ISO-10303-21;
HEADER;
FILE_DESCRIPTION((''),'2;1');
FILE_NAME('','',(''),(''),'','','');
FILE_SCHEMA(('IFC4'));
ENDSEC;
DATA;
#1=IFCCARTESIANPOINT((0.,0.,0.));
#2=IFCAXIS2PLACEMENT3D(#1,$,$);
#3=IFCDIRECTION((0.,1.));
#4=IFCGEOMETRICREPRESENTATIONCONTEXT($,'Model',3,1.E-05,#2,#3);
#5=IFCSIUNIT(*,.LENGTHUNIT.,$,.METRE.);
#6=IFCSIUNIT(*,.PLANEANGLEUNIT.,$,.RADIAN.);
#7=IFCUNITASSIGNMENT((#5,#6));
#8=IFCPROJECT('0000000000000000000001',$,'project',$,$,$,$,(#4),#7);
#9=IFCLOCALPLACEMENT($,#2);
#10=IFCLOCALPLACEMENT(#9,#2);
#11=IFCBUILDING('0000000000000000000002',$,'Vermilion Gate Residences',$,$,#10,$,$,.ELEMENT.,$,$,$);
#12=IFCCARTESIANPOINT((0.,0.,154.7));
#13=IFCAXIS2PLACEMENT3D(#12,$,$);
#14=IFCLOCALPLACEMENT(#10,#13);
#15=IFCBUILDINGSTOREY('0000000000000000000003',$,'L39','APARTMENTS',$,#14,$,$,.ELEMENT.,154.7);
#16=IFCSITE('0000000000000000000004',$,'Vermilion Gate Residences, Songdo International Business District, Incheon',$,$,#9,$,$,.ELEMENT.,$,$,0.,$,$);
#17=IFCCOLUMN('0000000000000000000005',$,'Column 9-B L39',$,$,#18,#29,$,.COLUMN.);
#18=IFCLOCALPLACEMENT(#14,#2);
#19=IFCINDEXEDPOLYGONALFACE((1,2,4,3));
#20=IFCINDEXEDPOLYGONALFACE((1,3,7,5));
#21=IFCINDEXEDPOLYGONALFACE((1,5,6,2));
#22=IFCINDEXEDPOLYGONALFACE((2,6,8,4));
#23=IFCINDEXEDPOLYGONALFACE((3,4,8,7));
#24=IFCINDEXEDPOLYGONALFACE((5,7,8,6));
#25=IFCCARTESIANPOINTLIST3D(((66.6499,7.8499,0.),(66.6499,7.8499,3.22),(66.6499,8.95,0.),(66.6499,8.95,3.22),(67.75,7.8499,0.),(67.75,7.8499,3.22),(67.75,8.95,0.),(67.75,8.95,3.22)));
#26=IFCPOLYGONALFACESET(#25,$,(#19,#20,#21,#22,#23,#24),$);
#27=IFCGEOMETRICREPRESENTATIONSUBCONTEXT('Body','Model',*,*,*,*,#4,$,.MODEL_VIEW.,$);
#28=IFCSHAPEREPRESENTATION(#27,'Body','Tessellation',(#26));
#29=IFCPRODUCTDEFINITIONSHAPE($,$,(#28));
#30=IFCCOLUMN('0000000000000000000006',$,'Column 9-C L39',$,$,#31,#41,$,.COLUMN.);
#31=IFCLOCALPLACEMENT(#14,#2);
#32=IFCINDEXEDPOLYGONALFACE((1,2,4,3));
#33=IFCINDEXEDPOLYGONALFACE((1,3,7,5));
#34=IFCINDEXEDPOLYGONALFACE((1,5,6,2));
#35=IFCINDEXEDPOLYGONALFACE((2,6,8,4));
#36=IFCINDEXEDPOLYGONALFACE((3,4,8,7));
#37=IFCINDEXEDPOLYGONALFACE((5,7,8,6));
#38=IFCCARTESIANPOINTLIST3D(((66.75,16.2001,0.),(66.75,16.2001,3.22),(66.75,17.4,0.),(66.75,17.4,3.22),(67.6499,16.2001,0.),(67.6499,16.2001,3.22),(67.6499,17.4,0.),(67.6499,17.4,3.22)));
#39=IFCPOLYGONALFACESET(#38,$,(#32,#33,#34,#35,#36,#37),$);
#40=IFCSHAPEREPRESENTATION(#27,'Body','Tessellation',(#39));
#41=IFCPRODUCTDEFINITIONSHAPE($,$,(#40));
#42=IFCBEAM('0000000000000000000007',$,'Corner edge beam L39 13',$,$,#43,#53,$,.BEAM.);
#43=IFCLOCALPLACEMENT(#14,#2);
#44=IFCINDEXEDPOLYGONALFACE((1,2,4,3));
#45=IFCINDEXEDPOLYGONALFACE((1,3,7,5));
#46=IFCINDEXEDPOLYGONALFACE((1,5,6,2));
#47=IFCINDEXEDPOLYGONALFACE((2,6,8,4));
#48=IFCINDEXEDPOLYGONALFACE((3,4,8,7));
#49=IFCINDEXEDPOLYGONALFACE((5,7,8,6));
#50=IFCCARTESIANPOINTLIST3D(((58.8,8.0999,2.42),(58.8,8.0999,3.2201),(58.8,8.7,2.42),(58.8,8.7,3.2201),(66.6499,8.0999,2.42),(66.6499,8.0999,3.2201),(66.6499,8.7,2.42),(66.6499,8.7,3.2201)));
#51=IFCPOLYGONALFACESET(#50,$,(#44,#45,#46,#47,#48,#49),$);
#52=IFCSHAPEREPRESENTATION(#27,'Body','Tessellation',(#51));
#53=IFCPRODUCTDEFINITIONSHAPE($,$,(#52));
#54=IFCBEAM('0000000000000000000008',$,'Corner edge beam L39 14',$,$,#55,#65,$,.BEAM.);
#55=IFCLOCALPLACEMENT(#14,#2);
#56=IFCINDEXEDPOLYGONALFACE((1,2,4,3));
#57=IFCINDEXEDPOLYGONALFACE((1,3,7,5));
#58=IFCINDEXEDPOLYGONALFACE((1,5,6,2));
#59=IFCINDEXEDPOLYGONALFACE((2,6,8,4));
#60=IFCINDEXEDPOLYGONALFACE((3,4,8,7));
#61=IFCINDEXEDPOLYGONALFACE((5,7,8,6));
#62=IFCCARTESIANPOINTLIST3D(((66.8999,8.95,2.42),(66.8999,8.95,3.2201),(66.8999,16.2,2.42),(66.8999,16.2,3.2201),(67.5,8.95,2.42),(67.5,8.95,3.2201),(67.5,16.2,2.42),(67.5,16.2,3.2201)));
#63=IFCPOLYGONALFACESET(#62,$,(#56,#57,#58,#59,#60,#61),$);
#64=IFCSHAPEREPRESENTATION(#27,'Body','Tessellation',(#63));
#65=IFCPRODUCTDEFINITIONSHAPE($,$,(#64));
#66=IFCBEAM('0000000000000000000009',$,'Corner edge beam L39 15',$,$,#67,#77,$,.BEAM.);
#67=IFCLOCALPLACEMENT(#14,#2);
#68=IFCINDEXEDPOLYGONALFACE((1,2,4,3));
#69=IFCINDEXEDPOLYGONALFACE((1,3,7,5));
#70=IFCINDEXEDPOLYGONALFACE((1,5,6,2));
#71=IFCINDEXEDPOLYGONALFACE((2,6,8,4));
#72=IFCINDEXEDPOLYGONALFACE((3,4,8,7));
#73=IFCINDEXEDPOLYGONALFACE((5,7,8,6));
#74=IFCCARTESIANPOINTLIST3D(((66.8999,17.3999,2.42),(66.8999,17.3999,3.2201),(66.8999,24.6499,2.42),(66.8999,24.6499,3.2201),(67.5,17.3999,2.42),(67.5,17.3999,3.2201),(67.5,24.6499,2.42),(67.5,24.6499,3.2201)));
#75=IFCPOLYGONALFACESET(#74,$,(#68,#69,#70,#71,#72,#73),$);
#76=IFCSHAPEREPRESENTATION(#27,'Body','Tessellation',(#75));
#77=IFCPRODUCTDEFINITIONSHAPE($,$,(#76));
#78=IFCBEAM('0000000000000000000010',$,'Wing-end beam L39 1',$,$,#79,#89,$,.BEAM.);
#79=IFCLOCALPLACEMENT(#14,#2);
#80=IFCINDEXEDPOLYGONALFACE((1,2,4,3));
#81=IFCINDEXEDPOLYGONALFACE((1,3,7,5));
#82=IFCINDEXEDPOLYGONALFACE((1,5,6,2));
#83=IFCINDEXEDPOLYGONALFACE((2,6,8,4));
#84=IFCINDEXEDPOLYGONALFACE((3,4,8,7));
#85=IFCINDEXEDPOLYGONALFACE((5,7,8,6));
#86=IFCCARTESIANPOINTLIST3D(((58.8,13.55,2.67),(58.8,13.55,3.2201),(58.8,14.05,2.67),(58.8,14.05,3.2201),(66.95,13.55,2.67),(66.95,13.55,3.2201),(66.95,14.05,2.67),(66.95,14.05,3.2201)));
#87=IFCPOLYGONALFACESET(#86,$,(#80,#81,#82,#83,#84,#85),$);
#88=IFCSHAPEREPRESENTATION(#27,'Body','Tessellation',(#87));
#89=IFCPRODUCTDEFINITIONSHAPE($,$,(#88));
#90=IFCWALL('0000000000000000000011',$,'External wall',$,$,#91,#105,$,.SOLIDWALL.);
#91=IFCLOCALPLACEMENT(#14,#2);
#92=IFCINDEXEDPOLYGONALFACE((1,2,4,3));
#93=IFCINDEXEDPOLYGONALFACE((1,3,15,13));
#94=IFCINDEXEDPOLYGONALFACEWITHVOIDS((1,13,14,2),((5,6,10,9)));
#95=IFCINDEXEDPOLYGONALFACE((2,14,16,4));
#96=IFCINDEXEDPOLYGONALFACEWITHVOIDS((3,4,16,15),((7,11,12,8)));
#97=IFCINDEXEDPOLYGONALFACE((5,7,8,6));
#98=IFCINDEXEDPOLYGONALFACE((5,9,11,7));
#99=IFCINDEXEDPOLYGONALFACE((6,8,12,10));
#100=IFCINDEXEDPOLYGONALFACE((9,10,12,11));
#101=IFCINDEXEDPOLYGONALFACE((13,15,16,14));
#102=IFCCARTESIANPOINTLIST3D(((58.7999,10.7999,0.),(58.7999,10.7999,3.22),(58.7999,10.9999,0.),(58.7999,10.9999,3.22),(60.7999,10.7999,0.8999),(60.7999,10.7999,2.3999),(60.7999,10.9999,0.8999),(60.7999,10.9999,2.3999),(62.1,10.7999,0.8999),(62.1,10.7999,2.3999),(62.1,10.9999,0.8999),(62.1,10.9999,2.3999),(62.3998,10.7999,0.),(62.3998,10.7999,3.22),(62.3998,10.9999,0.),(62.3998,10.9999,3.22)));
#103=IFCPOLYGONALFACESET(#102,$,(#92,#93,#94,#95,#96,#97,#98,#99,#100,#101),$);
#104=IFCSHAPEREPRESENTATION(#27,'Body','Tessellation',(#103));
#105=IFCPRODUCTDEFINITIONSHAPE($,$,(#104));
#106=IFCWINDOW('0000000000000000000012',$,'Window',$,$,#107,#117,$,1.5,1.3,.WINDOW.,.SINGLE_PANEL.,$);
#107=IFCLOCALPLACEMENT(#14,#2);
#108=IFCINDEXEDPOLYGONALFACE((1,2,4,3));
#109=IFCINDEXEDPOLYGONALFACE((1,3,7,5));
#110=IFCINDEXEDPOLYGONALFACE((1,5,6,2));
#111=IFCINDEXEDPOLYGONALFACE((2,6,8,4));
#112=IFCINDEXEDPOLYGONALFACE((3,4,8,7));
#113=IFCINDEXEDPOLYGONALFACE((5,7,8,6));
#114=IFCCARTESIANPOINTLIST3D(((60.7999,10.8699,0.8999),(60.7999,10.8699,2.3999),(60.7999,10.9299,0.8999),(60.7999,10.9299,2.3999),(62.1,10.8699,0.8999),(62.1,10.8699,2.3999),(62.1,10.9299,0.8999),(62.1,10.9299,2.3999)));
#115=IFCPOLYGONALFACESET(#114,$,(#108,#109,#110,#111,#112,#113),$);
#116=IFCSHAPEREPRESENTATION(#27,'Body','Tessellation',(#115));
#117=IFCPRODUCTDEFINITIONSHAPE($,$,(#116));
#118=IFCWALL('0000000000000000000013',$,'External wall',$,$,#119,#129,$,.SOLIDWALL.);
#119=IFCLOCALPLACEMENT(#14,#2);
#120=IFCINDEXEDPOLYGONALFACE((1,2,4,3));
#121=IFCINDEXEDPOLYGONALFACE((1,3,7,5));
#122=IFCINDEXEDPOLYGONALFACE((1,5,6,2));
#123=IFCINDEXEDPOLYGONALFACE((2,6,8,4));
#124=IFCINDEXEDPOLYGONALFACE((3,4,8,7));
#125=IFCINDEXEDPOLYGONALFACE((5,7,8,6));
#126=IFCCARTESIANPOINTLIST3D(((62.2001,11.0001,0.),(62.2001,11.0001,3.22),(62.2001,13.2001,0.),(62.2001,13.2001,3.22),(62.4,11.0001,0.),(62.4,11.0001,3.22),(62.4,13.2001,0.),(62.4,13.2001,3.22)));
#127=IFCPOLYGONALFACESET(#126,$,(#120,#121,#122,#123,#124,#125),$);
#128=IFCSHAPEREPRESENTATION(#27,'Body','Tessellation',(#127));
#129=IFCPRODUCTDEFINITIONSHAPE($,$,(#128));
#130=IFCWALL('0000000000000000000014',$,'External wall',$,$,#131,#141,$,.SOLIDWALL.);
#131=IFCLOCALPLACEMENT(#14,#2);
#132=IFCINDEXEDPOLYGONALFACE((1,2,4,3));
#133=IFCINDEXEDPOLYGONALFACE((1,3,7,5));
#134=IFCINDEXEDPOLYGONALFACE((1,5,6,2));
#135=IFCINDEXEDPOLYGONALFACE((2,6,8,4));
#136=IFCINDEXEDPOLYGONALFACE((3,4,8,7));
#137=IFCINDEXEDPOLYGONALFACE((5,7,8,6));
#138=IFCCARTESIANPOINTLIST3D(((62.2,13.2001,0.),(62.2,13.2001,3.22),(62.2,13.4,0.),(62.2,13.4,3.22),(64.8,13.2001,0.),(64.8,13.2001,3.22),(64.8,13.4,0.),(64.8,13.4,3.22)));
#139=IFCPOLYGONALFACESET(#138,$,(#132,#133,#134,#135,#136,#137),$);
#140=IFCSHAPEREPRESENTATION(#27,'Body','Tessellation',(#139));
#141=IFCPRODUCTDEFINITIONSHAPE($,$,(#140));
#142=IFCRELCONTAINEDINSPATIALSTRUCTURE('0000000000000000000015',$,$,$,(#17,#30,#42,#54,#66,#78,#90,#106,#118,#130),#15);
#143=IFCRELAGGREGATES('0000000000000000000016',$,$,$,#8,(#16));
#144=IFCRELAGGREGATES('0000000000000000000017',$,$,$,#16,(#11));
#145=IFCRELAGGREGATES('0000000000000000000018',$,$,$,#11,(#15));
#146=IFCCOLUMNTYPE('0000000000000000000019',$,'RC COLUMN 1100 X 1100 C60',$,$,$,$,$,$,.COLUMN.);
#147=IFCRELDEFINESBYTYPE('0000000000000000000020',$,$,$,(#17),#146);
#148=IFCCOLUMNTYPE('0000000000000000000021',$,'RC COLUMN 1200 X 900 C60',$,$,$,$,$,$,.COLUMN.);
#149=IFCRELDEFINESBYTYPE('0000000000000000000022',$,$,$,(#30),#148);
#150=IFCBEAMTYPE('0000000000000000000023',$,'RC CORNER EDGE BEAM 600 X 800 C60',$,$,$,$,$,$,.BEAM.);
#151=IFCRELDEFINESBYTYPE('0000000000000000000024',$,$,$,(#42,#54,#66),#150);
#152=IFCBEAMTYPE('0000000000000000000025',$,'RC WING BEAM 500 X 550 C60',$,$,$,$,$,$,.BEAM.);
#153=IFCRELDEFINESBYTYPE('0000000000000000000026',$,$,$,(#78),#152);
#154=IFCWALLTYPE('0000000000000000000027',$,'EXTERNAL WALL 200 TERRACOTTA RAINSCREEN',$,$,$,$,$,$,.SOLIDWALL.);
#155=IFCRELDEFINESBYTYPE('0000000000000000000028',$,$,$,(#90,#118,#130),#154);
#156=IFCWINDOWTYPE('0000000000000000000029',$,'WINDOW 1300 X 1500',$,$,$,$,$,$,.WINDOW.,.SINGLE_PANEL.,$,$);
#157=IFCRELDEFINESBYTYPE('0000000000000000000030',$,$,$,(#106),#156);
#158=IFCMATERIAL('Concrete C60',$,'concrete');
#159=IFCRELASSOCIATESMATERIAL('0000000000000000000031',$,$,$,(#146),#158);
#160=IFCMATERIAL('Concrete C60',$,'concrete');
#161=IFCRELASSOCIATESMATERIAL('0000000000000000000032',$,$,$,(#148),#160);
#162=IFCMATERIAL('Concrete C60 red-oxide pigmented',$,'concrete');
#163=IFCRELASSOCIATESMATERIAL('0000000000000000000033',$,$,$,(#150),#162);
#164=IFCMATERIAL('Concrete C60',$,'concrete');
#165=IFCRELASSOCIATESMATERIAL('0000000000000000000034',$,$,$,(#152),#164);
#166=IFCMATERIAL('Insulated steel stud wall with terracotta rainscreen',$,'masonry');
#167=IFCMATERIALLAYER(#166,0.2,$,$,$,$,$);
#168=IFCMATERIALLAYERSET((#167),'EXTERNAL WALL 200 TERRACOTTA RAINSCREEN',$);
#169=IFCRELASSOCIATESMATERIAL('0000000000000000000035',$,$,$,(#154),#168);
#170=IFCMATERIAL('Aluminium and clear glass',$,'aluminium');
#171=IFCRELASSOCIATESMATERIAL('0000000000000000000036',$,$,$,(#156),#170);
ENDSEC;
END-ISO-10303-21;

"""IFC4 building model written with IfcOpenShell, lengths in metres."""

from ifc_helpers import new_model, si_unit, direction, frame, frame_2d, origin, origin_2d, place, context, subcontext, project, spatial, rectangle, extrude, material, layer, layer_set, material_profile, profile_set, type_object, element, fill, save


model = new_model("IFC4")

# Units and contexts
model_context = context("Model", 3, precision=1e-05, world=origin(), true_north=direction((0.0, 1.0)))
body_context = subcontext(model_context, "Body", "Model", "MODEL_VIEW")
ifc_project = project(units=[si_unit("LENGTHUNIT", "METRE"), si_unit("PLANEANGLEUNIT", "RADIAN")], contexts=[model_context])

# Site, building, storey
site_placement = place(None, origin())
site = spatial("IfcSite", under=ifc_project, at=site_placement, Name="Vermilion Gate Residences, Songdo International Business District, Incheon", CompositionType="ELEMENT", RefElevation=0.0)
building_placement = place(site_placement, origin())
building = spatial("IfcBuilding", under=site, at=building_placement, Name="Vermilion Gate Residences", CompositionType="ELEMENT")
storey_placement = place(building_placement, frame((0.0, 0.0, 154.7)))
storey = spatial("IfcBuildingStorey", under=building, at=storey_placement, Name="L39", Description="APARTMENTS", CompositionType="ELEMENT", Elevation=154.7)

# Columns
ifc_material_1 = material(Name="Concrete C60", Category="concrete")
ifc_material_profile_1 = material_profile(ifc_material_1, rectangle(XDim=1.1001, YDim=1.1001, at=origin_2d()), Name="RC-1100x1100")
ifc_profile_set_1 = profile_set([ifc_material_profile_1], Name="Concrete C60")
column_type_1 = type_object("IfcColumnType", Name="RC COLUMN 1100 X 1100 C60", PredefinedType="COLUMN", material=ifc_profile_set_1)
column_1_placement = place(storey_placement, frame((67.2, 8.3999, 0.0), z_axis=(0.0, 0.0, 1.0), x_axis=(1.0, 0.0, 0.0)))
element("IfcColumn", 1, at=column_1_placement, inside=storey, type_object=column_type_1, Name="Column 9-B L39", PredefinedType="COLUMN", context=body_context, shape_type="SweptSolid", body=[
    extrude(rectangle(XDim=1.1001, YDim=1.1001, at=origin_2d()), origin(), (0.0, 0.0, 1.0), 3.22),
])
ifc_material_2 = material(Name="Concrete C60", Category="concrete")
ifc_material_profile_2 = material_profile(ifc_material_2, rectangle(XDim=1.2, YDim=0.8999, at=origin_2d()), Name="RC-1200x900")
ifc_profile_set_2 = profile_set([ifc_material_profile_2], Name="Concrete C60")
column_type_2 = type_object("IfcColumnType", Name="RC COLUMN 1200 X 900 C60", PredefinedType="COLUMN", material=ifc_profile_set_2)
column_2_placement = place(storey_placement, frame((67.2, 16.8, 0.0), z_axis=(0.0, 0.0, 1.0), x_axis=(0.0, 1.0, 0.0)))
element("IfcColumn", 2, at=column_2_placement, inside=storey, type_object=column_type_2, Name="Column 9-C L39", PredefinedType="COLUMN", context=body_context, shape_type="SweptSolid", body=[
    extrude(rectangle(XDim=1.2, YDim=0.8999, at=origin_2d()), origin(), (0.0, 0.0, 1.0), 3.22),
])

# Beams
ifc_material_3 = material(Name="Concrete C60 red-oxide pigmented", Category="concrete")
ifc_material_profile_3 = material_profile(ifc_material_3, rectangle(XDim=0.6001, YDim=0.8, at=origin_2d()), Name="RC-600x800")
ifc_profile_set_3 = profile_set([ifc_material_profile_3], Name="Concrete C60 red-oxide pigmented")
beam_type_1 = type_object("IfcBeamType", Name="RC CORNER EDGE BEAM 600 X 800 C60", PredefinedType="BEAM", material=ifc_profile_set_3)
beam_1_placement = place(storey_placement, frame((58.8, 8.3999, 2.8201), z_axis=(1.0, 0.0, 0.0), x_axis=(0.0, 1.0, 0.0)))
element("IfcBeam", 3, at=beam_1_placement, inside=storey, type_object=beam_type_1, Name="Corner edge beam L39 13", PredefinedType="BEAM", context=body_context, shape_type="SweptSolid", body=[
    extrude(rectangle(XDim=0.6001, YDim=0.8, at=origin_2d()), origin(), (0.0, 0.0, 1.0), 7.8499),
])
for number, where, z_axis, x_axis, name in (
    (4, (67.2, 8.95, 2.8201), (0.0, 1.0, 0.0), (-1.0, 0.0, 0.0), "Corner edge beam L39 14"),
    (5, (67.2, 17.3999, 2.8201), (0.0, 1.0, 0.0), (-1.0, 0.0, 0.0), "Corner edge beam L39 15"),
):
    element("IfcBeam", number, at=place(storey_placement, frame(where, z_axis=z_axis, x_axis=x_axis)), inside=storey, type_object=beam_type_1, Name=name, PredefinedType="BEAM", context=body_context, shape_type="SweptSolid", body=[
        extrude(rectangle(XDim=0.6001, YDim=0.8, at=origin_2d()), origin(), (0.0, 0.0, 1.0), 7.25),
    ])
ifc_material_4 = material(Name="Concrete C60", Category="concrete")
ifc_material_profile_4 = material_profile(ifc_material_4, rectangle(XDim=0.5, YDim=0.55, at=origin_2d()), Name="RC-500x550")
ifc_profile_set_4 = profile_set([ifc_material_profile_4], Name="Concrete C60")
beam_type_2 = type_object("IfcBeamType", Name="RC WING BEAM 500 X 550 C60", PredefinedType="BEAM", material=ifc_profile_set_4)
beam_2_placement = place(storey_placement, frame((58.8, 13.8, 2.9451), z_axis=(1.0, 0.0, 0.0), x_axis=(0.0, 1.0, 0.0)))
element("IfcBeam", 6, at=beam_2_placement, inside=storey, type_object=beam_type_2, Name="Wing-end beam L39 1", PredefinedType="BEAM", context=body_context, shape_type="SweptSolid", body=[
    extrude(rectangle(XDim=0.5, YDim=0.55, at=origin_2d()), origin(), (0.0, 0.0, 1.0), 8.1499),
])

# Wall, opening, window
ifc_material_5 = material(Name="Insulated steel stud wall with terracotta rainscreen", Category="masonry")
ifc_layer_1 = layer(ifc_material_5, 0.2)
ifc_layer_set_1 = layer_set([ifc_layer_1], Name="EXTERNAL WALL 200 TERRACOTTA RAINSCREEN")
wall_type_1 = type_object("IfcWallType", Name="EXTERNAL WALL 200 TERRACOTTA RAINSCREEN", PredefinedType="SOLIDWALL", material=ifc_layer_set_1)
wall_1_placement = place(storey_placement, frame((58.8, 10.8999, 0.0), z_axis=(0.0, 0.0, 1.0), x_axis=(1.0, 0.0, 0.0)))
wall_1 = element("IfcWall", 7, at=wall_1_placement, inside=storey, type_object=wall_type_1, Name="External wall", PredefinedType="SOLIDWALL", context=body_context, shape_type="SweptSolid", body=[
    extrude(rectangle(XDim=3.5999, YDim=0.2, at=frame_2d((1.7998, 0.0))), origin(), (0.0, 0.0, 1.0), 3.22),
])
opening_1_placement = place(wall_1_placement, frame((2.0, 0.0, 0.8999)))
opening_1 = element("IfcOpeningElement", 8, at=opening_1_placement, cuts=wall_1, PredefinedType="OPENING", context=body_context, shape_type="SweptSolid", body=[
    extrude(rectangle(XDim=1.3, YDim=1.5, at=frame_2d((0.6499, 0.75))), frame((0.0, 0.1099, 0.0), z_axis=(0.0, -1.0, 0.0), x_axis=(1.0, 0.0, 0.0)), (0.0, 0.0, 1.0), 0.22),
])
ifc_material_6 = material(Name="Aluminium and clear glass", Category="aluminium")
window_type_1 = type_object("IfcWindowType", Name="WINDOW 1300 X 1500", PartitioningType="SINGLE_PANEL", PredefinedType="WINDOW", material=ifc_material_6)
window_1_placement = place(opening_1_placement, origin())
window_1 = element("IfcWindow", 9, at=window_1_placement, inside=storey, type_object=window_type_1, Name="Window", OverallHeight=1.5, OverallWidth=1.3, PartitioningType="SINGLE_PANEL", PredefinedType="WINDOW", context=body_context, shape_type="SweptSolid", body=[
    extrude(rectangle(XDim=1.3, YDim=1.5, at=frame_2d((0.6499, 0.75))), frame((0.0, 0.03, 0.0), z_axis=(0.0, -1.0, 0.0), x_axis=(1.0, 0.0, 0.0)), (0.0, 0.0, 1.0), 0.0601),
])
fill(opening_1, window_1)

# Walls
wall_2_placement = place(storey_placement, frame((62.3, 11.0, 0.0), z_axis=(0.0, 0.0, 1.0), x_axis=(0.0, 1.0, 0.0)))
element("IfcWall", 10, at=wall_2_placement, inside=storey, type_object=wall_type_1, Name="External wall", PredefinedType="SOLIDWALL", context=body_context, shape_type="SweptSolid", body=[
    extrude(rectangle(XDim=2.2, YDim=0.2, at=frame_2d((1.1001, 0.0))), origin(), (0.0, 0.0, 1.0), 3.22),
])
wall_3_placement = place(storey_placement, frame((62.2, 13.3, 0.0), z_axis=(0.0, 0.0, 1.0), x_axis=(1.0, 0.0, 0.0)))
element("IfcWall", 11, at=wall_3_placement, inside=storey, type_object=wall_type_1, Name="External wall", PredefinedType="SOLIDWALL", context=body_context, shape_type="SweptSolid", body=[
    extrude(rectangle(XDim=2.6001, YDim=0.2, at=frame_2d((1.3, 0.0))), origin(), (0.0, 0.0, 1.0), 3.22),
])

save(model, "model.ifc")
